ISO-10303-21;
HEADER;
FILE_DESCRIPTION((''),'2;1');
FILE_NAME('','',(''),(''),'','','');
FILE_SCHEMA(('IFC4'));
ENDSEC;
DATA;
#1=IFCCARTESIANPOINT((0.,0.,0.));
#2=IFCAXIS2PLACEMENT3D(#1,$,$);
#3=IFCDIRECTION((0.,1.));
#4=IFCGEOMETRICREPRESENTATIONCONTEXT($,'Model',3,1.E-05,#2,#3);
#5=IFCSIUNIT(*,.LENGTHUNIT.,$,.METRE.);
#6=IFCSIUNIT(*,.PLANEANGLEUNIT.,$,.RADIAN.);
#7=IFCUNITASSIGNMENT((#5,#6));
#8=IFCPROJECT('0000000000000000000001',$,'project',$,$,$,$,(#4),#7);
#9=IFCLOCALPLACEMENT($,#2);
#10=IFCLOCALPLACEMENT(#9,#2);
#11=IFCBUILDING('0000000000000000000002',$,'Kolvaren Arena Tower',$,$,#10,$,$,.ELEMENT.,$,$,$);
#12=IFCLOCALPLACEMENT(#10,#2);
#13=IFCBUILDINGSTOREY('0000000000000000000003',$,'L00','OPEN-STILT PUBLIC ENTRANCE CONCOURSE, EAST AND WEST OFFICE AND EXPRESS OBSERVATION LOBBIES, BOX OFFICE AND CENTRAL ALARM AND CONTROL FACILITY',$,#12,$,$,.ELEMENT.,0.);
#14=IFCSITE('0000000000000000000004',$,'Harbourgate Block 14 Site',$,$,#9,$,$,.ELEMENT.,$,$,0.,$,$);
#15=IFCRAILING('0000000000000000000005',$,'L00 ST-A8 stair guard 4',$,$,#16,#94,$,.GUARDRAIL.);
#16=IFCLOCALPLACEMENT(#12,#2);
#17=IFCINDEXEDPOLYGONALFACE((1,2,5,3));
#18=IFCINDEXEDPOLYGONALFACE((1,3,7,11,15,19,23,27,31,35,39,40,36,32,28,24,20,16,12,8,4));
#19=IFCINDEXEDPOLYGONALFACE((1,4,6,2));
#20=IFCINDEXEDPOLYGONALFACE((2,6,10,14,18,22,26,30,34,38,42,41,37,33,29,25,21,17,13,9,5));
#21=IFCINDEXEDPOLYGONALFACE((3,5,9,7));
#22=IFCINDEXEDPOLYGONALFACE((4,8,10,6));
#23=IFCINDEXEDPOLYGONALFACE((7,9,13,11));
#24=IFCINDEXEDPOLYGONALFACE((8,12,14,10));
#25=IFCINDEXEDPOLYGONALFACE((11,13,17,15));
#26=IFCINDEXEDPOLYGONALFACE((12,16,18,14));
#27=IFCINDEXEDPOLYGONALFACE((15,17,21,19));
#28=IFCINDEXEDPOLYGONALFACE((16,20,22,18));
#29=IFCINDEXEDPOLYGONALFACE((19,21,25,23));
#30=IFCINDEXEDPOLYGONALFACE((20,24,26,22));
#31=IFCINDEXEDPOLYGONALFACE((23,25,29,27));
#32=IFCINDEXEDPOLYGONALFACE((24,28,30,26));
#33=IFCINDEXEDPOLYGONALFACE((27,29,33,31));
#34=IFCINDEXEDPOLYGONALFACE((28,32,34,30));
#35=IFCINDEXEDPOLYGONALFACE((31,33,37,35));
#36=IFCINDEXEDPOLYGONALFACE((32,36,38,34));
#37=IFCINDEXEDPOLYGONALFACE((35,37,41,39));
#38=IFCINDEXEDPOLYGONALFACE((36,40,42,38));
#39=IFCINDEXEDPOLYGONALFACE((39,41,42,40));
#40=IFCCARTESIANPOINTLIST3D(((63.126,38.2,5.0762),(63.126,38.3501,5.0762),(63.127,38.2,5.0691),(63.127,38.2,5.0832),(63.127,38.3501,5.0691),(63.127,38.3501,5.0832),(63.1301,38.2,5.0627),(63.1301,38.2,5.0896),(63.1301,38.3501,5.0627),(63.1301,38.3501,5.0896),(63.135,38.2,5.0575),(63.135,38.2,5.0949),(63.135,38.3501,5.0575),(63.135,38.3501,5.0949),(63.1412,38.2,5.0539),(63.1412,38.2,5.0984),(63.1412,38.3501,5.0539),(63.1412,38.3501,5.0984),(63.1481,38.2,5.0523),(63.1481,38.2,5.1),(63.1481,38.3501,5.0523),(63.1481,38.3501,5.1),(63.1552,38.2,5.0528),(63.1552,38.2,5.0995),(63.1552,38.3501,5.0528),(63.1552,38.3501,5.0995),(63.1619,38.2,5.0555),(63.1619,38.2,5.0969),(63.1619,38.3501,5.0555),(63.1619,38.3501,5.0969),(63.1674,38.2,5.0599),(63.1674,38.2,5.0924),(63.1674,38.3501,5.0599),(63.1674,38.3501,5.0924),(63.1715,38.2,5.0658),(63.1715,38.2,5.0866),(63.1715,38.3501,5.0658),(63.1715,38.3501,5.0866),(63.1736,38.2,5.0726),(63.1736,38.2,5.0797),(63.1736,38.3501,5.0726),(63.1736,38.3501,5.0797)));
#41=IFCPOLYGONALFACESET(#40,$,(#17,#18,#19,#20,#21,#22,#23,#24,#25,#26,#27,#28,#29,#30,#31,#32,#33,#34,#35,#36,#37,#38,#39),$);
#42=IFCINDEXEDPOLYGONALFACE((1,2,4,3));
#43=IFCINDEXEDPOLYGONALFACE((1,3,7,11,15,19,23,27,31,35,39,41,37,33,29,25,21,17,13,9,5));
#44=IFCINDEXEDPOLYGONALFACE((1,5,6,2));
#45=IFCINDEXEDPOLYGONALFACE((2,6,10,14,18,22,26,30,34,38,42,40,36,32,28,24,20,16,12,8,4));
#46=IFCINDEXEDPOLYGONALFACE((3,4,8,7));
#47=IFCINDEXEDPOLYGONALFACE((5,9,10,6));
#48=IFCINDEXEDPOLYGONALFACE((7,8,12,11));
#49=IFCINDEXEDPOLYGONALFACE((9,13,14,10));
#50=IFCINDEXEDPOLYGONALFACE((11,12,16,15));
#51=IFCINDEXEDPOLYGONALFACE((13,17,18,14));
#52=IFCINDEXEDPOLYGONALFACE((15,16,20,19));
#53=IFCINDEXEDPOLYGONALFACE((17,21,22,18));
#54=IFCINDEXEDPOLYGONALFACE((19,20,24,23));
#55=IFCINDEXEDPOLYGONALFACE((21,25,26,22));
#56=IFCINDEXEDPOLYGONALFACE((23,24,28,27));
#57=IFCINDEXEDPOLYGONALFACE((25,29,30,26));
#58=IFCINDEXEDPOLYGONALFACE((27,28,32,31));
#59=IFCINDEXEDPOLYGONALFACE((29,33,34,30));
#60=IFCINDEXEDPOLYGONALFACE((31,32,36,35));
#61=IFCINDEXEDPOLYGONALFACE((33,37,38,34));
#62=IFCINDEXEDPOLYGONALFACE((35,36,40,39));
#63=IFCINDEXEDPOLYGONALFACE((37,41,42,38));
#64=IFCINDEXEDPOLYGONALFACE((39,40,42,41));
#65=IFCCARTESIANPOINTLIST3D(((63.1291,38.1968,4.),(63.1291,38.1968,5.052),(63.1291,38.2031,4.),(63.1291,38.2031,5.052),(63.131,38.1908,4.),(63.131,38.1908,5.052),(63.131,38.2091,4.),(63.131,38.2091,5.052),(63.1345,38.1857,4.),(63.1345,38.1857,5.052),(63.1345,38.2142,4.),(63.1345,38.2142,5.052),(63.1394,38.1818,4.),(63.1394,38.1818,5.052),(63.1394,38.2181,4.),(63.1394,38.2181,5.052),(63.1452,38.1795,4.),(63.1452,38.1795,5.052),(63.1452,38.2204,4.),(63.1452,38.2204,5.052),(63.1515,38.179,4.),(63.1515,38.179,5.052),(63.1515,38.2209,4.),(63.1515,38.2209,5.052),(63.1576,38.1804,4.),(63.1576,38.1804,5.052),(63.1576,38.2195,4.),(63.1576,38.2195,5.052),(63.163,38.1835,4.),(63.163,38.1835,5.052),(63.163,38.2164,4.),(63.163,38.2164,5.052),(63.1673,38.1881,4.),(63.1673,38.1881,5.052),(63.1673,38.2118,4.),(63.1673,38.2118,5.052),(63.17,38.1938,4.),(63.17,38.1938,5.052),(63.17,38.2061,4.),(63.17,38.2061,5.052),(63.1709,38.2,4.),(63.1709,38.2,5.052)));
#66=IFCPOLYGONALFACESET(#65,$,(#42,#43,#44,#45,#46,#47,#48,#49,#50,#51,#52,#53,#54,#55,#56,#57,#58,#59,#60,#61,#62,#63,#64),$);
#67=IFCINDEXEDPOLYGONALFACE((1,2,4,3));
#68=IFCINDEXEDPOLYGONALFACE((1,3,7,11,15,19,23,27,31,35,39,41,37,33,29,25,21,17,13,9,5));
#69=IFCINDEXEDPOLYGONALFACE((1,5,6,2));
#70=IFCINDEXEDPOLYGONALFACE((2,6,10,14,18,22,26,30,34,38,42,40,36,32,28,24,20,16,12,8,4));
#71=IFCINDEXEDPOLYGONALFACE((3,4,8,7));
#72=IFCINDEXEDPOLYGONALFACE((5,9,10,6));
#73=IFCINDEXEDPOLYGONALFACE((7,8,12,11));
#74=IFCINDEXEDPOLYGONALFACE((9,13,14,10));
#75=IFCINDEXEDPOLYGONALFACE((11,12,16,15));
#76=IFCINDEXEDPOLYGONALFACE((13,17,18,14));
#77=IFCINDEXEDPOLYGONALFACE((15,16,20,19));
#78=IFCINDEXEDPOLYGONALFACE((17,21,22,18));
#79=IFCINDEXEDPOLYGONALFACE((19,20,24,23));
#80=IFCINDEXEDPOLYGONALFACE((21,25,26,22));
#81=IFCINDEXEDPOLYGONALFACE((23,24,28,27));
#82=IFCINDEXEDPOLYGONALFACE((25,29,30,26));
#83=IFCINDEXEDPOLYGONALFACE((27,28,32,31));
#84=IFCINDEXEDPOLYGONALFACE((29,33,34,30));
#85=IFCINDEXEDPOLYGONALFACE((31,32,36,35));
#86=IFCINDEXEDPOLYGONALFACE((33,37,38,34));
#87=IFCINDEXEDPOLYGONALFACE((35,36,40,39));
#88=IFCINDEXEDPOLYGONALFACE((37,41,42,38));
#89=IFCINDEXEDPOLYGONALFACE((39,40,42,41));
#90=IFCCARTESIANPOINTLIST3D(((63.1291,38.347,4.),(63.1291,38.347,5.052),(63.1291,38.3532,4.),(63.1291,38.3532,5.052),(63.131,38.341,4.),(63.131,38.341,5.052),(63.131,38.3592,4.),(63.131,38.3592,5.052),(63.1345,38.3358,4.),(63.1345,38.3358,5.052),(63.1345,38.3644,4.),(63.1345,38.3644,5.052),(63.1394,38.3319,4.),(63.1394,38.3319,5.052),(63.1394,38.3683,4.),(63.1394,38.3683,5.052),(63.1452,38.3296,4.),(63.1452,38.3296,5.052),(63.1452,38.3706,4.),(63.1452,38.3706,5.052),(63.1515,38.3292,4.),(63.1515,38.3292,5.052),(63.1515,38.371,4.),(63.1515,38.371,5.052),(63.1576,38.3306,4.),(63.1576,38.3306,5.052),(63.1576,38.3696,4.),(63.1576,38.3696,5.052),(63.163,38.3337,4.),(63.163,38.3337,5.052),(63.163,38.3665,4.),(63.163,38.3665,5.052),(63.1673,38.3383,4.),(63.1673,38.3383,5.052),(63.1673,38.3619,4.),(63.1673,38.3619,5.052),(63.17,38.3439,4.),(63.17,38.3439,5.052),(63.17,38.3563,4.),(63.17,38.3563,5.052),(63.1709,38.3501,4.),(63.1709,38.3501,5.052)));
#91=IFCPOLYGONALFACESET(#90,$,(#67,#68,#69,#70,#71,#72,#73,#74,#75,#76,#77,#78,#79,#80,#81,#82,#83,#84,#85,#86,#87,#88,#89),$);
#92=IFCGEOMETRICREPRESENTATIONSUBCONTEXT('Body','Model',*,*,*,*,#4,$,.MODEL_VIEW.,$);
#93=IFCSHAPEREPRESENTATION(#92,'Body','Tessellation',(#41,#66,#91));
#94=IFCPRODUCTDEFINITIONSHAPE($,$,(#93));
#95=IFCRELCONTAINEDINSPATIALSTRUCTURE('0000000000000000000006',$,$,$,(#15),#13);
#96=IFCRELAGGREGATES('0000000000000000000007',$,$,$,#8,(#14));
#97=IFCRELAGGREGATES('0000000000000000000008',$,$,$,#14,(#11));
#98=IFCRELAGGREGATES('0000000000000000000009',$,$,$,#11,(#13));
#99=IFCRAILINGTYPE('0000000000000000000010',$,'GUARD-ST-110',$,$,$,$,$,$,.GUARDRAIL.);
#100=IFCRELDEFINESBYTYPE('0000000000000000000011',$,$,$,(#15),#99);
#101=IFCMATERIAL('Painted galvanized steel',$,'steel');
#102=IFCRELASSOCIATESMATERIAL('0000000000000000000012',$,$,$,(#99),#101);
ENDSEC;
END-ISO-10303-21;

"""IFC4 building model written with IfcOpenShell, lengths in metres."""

from ifc_helpers import new_model, si_unit, direction, frame, origin, origin_2d, place, context, subcontext, project, spatial, circle, extrude, material, type_object, element, save


model = new_model("IFC4")

# Units and contexts
model_context = context("Model", 3, precision=1e-05, world=origin(), true_north=direction((0.0, 1.0)))
body_context = subcontext(model_context, "Body", "Model", "MODEL_VIEW")
ifc_project = project(units=[si_unit("LENGTHUNIT", "METRE"), si_unit("PLANEANGLEUNIT", "RADIAN")], contexts=[model_context])

# Site, building, storey
site_placement = place(None, origin())
site = spatial("IfcSite", under=ifc_project, at=site_placement, Name="Harbourgate Block 14 Site", CompositionType="ELEMENT", RefElevation=0.0)
building_placement = place(site_placement, origin())
building = spatial("IfcBuilding", under=site, at=building_placement, Name="Kolvaren Arena Tower", CompositionType="ELEMENT")
storey_placement = place(building_placement, origin())
storey = spatial("IfcBuildingStorey", under=building, at=storey_placement, Name="L00", Description="OPEN-STILT PUBLIC ENTRANCE CONCOURSE, EAST AND WEST OFFICE AND EXPRESS OBSERVATION LOBBIES, BOX OFFICE AND CENTRAL ALARM AND CONTROL FACILITY", CompositionType="ELEMENT", Elevation=0.0)

# Railing
ifc_material_1 = material(Name="Painted galvanized steel", Category="steel")
railing_type_1 = type_object("IfcRailingType", Name="GUARD-ST-110", PredefinedType="GUARDRAIL", material=ifc_material_1)
railing_1_placement = place(storey_placement, frame((63.1499, 38.2, 4.0)))
element("IfcRailing", 1, at=railing_1_placement, inside=storey, type_object=railing_type_1, Name="L00 ST-A8 stair guard 4", PredefinedType="GUARDRAIL", context=body_context, shape_type="SweptSolid", body=[
    extrude(circle(Radius=0.0239, at=origin_2d()), frame((0.0, 0.0, 1.0762), z_axis=(0.0, 1.0, 0.0), x_axis=(-1.0, 0.0, 0.0)), (0.0, 0.0, 1.0), 0.1501),
    extrude(circle(Radius=0.021, at=origin_2d()), origin(), (0.0, 0.0, 1.0), 1.052),
    extrude(circle(Radius=0.021, at=origin_2d()), frame((0.0, 0.1501, 0.0)), (0.0, 0.0, 1.0), 1.052),
])

save(model, "model.ifc")
